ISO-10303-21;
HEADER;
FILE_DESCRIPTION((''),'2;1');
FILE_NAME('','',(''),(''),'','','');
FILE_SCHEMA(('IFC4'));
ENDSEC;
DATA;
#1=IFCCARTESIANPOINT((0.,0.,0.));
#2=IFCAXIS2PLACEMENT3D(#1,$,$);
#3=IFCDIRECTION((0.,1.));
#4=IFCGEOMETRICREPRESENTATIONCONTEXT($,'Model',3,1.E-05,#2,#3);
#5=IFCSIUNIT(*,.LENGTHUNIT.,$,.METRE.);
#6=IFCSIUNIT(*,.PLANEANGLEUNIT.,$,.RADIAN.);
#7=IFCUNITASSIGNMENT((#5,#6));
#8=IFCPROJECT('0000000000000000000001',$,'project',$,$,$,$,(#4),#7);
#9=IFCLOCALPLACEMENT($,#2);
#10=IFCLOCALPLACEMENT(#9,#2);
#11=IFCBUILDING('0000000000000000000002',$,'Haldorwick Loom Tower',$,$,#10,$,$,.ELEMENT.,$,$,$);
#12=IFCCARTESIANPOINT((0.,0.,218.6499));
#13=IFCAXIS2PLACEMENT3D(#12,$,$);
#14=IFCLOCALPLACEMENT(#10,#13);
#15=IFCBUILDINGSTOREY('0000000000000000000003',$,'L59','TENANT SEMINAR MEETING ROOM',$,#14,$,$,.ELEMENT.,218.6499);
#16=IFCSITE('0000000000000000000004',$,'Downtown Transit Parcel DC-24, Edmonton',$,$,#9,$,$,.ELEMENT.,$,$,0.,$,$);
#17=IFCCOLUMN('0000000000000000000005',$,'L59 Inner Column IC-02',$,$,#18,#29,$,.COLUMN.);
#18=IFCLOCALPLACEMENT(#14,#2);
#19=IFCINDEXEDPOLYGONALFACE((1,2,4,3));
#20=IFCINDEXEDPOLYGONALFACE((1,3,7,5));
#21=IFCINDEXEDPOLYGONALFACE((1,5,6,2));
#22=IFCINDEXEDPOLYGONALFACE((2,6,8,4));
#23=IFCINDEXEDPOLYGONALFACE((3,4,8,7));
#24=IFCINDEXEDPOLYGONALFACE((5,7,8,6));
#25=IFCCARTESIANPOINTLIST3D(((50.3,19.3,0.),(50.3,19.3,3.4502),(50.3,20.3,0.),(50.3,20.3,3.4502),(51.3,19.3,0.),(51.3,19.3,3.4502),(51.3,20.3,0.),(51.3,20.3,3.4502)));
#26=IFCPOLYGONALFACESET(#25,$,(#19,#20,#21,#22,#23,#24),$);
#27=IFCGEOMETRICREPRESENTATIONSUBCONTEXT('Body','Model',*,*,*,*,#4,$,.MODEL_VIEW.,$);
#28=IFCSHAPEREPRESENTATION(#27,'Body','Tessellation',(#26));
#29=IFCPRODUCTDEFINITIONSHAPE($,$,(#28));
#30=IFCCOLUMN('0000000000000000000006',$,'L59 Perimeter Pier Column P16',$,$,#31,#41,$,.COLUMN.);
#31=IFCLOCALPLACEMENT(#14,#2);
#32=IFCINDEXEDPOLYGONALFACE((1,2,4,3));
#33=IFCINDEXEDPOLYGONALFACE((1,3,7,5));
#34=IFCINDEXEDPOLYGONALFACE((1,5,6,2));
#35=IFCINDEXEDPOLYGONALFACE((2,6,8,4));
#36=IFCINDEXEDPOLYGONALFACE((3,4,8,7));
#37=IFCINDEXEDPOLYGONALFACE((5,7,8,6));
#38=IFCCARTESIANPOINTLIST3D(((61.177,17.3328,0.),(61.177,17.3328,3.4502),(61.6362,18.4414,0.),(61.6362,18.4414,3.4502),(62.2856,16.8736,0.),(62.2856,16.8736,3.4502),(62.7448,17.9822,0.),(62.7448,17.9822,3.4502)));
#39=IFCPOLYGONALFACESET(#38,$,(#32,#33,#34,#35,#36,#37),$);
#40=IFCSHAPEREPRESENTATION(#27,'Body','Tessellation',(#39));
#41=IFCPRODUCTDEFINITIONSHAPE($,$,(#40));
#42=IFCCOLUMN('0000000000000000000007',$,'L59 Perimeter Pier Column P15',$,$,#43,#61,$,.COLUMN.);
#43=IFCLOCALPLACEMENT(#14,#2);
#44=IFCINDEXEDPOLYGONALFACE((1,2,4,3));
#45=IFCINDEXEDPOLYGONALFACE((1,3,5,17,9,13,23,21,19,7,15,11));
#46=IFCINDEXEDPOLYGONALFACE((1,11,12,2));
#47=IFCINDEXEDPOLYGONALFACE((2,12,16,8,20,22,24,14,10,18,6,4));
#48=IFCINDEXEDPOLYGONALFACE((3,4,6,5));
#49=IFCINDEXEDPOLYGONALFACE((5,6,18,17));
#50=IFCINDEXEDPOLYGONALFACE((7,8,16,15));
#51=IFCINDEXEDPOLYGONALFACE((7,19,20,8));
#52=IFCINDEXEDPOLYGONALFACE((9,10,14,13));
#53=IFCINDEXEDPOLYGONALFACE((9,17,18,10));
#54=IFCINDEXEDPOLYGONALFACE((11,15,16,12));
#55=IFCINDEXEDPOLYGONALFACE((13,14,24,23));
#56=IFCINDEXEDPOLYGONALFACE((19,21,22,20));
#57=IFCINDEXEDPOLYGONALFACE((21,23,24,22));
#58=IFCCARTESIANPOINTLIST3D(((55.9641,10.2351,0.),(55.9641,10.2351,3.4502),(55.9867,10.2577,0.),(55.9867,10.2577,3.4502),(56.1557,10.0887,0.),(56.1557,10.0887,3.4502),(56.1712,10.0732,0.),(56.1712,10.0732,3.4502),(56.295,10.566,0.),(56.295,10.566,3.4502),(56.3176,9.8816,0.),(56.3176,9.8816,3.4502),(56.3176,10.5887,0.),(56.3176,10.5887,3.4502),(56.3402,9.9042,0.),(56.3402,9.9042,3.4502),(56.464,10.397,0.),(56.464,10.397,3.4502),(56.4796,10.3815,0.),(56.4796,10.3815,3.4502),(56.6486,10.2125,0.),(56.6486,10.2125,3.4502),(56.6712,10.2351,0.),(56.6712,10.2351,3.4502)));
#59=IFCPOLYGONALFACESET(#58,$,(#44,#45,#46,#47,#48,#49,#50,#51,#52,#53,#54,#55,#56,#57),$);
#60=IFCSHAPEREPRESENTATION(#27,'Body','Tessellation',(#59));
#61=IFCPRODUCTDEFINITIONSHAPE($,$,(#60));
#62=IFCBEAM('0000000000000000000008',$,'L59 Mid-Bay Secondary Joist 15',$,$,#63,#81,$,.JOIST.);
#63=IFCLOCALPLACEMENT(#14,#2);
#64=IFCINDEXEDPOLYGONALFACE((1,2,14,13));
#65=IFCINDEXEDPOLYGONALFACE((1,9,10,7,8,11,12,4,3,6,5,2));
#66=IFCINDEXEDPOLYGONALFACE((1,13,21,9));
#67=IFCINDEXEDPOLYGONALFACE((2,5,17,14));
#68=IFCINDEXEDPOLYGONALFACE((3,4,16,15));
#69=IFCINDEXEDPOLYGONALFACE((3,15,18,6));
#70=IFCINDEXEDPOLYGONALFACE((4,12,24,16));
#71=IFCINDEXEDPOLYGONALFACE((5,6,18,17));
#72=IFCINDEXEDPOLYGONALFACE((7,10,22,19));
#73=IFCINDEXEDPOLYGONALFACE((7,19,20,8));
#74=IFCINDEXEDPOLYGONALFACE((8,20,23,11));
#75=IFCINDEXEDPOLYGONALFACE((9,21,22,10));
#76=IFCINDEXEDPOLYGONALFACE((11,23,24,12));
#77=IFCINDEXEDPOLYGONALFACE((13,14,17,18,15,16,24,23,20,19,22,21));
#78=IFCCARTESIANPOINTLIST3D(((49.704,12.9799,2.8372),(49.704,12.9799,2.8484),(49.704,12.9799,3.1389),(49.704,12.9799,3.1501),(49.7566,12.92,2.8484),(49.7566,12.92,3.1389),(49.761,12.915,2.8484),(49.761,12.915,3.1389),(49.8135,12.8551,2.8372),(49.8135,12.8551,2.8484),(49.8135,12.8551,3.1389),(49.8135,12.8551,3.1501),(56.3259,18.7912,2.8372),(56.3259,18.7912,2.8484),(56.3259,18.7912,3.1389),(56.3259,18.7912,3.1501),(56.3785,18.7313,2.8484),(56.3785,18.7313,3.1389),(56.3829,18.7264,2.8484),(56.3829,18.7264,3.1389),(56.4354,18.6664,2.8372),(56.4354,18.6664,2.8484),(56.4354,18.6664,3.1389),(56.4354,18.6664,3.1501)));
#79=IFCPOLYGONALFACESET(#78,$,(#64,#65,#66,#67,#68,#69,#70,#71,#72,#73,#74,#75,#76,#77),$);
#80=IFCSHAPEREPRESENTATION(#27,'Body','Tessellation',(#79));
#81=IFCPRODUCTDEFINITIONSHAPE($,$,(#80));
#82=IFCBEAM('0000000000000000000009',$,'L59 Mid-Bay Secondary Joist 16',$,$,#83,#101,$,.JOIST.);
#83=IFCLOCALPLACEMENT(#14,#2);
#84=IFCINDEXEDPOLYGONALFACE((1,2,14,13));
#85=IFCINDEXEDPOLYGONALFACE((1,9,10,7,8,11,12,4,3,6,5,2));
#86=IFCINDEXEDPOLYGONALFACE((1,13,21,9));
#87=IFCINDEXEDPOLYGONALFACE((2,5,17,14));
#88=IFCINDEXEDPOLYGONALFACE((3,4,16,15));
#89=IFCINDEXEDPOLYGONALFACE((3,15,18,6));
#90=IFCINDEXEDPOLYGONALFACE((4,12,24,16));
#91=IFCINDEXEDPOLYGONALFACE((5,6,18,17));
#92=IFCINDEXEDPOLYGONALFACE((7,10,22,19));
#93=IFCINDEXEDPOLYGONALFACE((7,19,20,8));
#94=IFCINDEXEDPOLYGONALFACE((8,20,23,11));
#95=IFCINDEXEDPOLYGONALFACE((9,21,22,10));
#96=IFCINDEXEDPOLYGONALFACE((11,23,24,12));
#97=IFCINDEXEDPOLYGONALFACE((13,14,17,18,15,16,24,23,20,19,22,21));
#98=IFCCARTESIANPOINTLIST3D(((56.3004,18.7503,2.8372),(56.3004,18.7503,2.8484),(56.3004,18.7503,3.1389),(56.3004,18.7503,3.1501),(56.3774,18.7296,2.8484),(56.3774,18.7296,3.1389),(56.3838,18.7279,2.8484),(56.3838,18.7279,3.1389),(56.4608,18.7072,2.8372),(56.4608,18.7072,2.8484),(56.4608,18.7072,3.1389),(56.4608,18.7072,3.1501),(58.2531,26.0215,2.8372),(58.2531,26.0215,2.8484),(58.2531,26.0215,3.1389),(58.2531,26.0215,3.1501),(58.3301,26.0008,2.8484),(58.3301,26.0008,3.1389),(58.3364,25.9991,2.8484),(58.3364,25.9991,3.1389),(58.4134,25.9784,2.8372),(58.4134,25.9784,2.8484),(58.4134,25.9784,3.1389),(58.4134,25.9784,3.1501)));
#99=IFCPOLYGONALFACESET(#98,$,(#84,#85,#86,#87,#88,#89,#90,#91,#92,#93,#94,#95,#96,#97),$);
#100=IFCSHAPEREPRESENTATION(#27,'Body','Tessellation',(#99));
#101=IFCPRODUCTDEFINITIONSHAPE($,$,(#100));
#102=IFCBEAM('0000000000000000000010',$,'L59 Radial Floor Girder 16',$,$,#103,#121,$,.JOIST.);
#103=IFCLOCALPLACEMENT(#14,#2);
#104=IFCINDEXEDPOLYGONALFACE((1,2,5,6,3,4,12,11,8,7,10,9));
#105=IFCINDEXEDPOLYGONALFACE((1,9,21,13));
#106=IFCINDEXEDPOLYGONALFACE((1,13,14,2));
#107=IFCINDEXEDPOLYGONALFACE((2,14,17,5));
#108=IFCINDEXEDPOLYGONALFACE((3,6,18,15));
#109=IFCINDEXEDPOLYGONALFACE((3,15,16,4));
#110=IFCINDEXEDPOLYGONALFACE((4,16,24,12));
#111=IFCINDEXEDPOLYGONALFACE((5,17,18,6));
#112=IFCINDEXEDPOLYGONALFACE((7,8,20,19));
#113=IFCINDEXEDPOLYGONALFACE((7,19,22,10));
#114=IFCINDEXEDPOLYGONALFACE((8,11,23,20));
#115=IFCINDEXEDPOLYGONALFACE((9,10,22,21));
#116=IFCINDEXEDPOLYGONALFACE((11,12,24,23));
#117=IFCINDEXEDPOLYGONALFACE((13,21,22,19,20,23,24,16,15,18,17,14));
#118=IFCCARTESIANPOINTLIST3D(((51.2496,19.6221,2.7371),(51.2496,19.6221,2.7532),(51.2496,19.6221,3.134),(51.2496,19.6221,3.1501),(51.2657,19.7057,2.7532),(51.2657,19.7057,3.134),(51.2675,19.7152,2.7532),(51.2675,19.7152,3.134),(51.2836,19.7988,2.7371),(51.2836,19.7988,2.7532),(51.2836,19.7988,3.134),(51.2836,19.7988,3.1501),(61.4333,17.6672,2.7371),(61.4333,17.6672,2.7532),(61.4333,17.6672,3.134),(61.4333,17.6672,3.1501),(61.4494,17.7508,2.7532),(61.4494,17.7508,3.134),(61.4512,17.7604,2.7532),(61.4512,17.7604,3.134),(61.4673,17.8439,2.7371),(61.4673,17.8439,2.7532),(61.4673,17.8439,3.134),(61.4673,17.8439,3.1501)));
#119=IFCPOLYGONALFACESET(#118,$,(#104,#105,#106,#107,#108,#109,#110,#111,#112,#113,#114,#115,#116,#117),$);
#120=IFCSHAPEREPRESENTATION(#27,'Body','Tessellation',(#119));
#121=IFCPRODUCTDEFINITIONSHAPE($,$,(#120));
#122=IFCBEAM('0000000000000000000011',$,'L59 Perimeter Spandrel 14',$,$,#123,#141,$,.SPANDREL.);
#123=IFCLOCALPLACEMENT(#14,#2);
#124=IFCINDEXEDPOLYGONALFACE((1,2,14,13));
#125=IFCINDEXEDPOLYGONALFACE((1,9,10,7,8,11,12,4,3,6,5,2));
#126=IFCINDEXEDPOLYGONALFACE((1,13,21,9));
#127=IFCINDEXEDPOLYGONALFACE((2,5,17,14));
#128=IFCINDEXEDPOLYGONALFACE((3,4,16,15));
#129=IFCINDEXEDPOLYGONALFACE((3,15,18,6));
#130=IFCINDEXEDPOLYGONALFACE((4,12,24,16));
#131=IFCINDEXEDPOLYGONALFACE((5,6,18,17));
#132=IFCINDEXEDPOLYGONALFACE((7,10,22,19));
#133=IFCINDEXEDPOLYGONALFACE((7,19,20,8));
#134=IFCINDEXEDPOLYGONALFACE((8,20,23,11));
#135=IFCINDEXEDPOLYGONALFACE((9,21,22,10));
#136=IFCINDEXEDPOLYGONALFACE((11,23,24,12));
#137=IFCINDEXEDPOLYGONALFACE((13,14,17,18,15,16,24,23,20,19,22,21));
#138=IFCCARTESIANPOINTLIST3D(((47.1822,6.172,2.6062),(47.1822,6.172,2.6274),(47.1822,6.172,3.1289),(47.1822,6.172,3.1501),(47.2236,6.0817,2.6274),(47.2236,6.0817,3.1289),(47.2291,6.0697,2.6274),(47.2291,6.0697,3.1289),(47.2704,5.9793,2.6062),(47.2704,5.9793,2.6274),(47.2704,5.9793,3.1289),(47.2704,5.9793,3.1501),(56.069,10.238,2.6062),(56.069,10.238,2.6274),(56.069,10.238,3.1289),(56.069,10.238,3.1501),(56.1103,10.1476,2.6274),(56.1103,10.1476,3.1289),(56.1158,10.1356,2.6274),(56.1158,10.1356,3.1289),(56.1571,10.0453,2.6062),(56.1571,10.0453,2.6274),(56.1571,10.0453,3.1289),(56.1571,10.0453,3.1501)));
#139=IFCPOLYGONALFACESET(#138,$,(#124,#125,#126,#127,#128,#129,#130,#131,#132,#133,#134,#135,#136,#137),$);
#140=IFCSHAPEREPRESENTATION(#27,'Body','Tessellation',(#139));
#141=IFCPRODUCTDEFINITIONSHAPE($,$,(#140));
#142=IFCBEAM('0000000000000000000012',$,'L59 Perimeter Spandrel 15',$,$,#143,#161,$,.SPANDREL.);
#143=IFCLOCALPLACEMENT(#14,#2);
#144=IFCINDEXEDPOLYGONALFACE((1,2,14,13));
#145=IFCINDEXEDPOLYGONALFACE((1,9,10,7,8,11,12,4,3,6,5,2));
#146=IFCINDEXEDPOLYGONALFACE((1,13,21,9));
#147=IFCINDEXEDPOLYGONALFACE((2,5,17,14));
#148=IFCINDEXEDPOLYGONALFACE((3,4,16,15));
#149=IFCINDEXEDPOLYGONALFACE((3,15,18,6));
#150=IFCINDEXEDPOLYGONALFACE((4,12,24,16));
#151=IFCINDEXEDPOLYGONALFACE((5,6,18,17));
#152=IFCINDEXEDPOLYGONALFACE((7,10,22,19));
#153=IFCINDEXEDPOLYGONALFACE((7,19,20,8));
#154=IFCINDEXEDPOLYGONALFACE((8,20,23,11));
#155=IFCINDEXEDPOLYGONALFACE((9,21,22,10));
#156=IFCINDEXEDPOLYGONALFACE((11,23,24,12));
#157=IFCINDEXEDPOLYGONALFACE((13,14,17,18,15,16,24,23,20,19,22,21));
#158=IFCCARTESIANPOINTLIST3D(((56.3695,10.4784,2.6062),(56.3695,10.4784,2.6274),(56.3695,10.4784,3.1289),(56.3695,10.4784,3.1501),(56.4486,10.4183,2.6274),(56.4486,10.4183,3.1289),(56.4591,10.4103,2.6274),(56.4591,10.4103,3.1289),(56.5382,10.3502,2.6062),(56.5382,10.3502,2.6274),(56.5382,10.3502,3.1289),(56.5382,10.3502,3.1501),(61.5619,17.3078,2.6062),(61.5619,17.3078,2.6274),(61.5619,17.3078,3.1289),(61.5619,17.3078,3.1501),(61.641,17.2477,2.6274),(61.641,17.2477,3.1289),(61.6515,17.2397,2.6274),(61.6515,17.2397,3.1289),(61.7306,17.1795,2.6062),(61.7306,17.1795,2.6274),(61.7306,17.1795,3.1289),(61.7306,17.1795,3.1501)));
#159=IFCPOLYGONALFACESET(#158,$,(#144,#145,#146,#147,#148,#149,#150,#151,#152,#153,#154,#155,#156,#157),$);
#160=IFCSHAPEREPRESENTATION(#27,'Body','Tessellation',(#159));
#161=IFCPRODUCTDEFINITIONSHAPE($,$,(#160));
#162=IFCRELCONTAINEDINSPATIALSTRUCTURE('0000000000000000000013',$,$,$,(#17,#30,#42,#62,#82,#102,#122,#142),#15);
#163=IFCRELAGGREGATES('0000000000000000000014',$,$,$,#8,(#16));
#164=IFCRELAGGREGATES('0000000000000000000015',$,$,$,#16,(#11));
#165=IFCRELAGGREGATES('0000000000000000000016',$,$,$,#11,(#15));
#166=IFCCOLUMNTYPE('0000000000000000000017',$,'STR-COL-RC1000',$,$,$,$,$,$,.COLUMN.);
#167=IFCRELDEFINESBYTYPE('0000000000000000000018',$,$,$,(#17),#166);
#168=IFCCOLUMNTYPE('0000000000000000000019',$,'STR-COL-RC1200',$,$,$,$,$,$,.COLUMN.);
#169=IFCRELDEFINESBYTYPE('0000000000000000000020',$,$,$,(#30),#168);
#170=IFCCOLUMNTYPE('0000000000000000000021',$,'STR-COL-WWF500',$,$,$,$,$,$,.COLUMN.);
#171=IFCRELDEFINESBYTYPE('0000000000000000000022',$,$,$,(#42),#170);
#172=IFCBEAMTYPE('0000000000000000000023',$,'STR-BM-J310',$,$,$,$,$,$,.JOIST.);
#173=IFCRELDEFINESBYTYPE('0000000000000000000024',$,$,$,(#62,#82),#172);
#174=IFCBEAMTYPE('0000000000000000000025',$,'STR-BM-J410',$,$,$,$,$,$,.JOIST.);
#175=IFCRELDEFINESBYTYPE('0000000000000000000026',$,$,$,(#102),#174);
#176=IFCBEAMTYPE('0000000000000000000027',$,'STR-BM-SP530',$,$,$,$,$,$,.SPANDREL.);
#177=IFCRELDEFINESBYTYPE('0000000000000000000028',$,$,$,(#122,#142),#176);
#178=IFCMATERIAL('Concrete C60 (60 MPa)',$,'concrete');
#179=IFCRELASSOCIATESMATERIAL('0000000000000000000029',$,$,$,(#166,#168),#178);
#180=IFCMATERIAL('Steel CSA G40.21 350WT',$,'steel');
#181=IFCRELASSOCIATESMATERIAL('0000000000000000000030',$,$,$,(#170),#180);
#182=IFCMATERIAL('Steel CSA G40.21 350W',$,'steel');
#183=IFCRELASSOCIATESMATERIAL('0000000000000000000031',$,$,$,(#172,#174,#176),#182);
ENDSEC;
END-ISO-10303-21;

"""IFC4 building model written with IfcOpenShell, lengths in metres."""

from ifc_helpers import new_model, si_unit, direction, frame, origin, origin_2d, place, context, subcontext, project, spatial, rectangle, i_section, extrude, material, material_profile, profile_set, type_object, element, save


model = new_model("IFC4")

# Units and contexts
model_context = context("Model", 3, precision=1e-05, world=origin(), true_north=direction((0.0, 1.0)))
body_context = subcontext(model_context, "Body", "Model", "MODEL_VIEW")
ifc_project = project(units=[si_unit("LENGTHUNIT", "METRE"), si_unit("PLANEANGLEUNIT", "RADIAN")], contexts=[model_context])

# Site, building, storey
site_placement = place(None, origin())
site = spatial("IfcSite", under=ifc_project, at=site_placement, Name="Downtown Transit Parcel DC-24, Edmonton", CompositionType="ELEMENT", RefElevation=0.0)
building_placement = place(site_placement, origin())
building = spatial("IfcBuilding", under=site, at=building_placement, Name="Haldorwick Loom Tower", CompositionType="ELEMENT")
storey_placement = place(building_placement, frame((0.0, 0.0, 218.6499)))
storey = spatial("IfcBuildingStorey", under=building, at=storey_placement, Name="L59", Description="TENANT SEMINAR MEETING ROOM", CompositionType="ELEMENT", Elevation=218.6499)

# Columns
ifc_material_1 = material(Name="Concrete C60 (60 MPa)", Category="concrete")
ifc_material_profile_1 = material_profile(ifc_material_1, rectangle(XDim=1.0, YDim=1.0, at=origin_2d()), Name="RC1000X1000", Category="concrete")
ifc_profile_set_1 = profile_set([ifc_material_profile_1], Name="Concrete C60 (60 MPa)")
column_type_1 = type_object("IfcColumnType", Name="STR-COL-RC1000", PredefinedType="COLUMN", material=ifc_profile_set_1)
column_1_placement = place(storey_placement, frame((50.8, 19.8, 0.0), z_axis=(0.0, 0.0, 1.0), x_axis=(1.0, 0.0, 0.0)))
element("IfcColumn", 1, at=column_1_placement, inside=storey, type_object=column_type_1, Name="L59 Inner Column IC-02", PredefinedType="COLUMN", context=body_context, shape_type="SweptSolid", body=[
    extrude(rectangle(XDim=1.0, YDim=1.0, at=origin_2d()), origin(), (0.0, 0.0, 1.0), 3.4502),
])
ifc_material_profile_2 = material_profile(ifc_material_1, rectangle(XDim=1.2, YDim=1.2, at=origin_2d()), Name="RC1200X1200", Category="concrete")
ifc_profile_set_2 = profile_set([ifc_material_profile_2], Name="Concrete C60 (60 MPa)")
column_type_2 = type_object("IfcColumnType", Name="STR-COL-RC1200", PredefinedType="COLUMN", material=ifc_profile_set_2)
column_2_placement = place(storey_placement, frame((61.9609, 17.6575, 0.0), z_axis=(0.0, 0.0, 1.0), x_axis=(0.92388, -0.382683, 0.0)))
element("IfcColumn", 2, at=column_2_placement, inside=storey, type_object=column_type_2, Name="L59 Perimeter Pier Column P16", PredefinedType="COLUMN", context=body_context, shape_type="SweptSolid", body=[
    extrude(rectangle(XDim=1.2, YDim=1.2, at=origin_2d()), origin(), (0.0, 0.0, 1.0), 3.4502),
])
ifc_material_2 = material(Name="Steel CSA G40.21 350WT", Category="steel")
ifc_material_profile_3 = material_profile(ifc_material_2, i_section(OverallWidth=0.5, OverallDepth=0.5, WebThickness=0.022, FlangeThickness=0.032, at=origin_2d()), Name="WWF500X500", Category="steel")
ifc_profile_set_3 = profile_set([ifc_material_profile_3], Name="Steel CSA G40.21 350WT")
column_type_3 = type_object("IfcColumnType", Name="STR-COL-WWF500", PredefinedType="COLUMN", material=ifc_profile_set_3)
column_3_placement = place(storey_placement, frame((56.3176, 10.2351, 0.0), z_axis=(0.0, 0.0, 1.0), x_axis=(0.707107, -0.707107, 0.0)))
element("IfcColumn", 3, at=column_3_placement, inside=storey, type_object=column_type_3, Name="L59 Perimeter Pier Column P15", PredefinedType="COLUMN", context=body_context, shape_type="SweptSolid", body=[
    extrude(i_section(OverallWidth=0.5, OverallDepth=0.5, WebThickness=0.022, FlangeThickness=0.032, at=origin_2d()), origin(), (0.0, 0.0, 1.0), 3.4502),
])

# Beams
ifc_material_3 = material(Name="Steel CSA G40.21 350W", Category="steel")
ifc_material_profile_4 = material_profile(ifc_material_3, i_section(OverallWidth=0.166, OverallDepth=0.313, WebThickness=0.0066, FlangeThickness=0.0112, at=origin_2d()), Name="W310X45", Category="steel")
ifc_profile_set_4 = profile_set([ifc_material_profile_4], Name="Steel CSA G40.21 350W")
beam_type_1 = type_object("IfcBeamType", Name="STR-BM-J310", PredefinedType="JOIST", material=ifc_profile_set_4)
beam_1_placement = place(storey_placement, frame((49.7588, 12.9175, 2.9937), z_axis=(0.751609, 0.659608, 0.0), x_axis=(-0.659608, 0.751609, 0.0)))
element("IfcBeam", 4, at=beam_1_placement, inside=storey, type_object=beam_type_1, Name="L59 Mid-Bay Secondary Joist 15", PredefinedType="JOIST", context=body_context, shape_type="SweptSolid", body=[
    extrude(i_section(OverallWidth=0.166, OverallDepth=0.313, WebThickness=0.0066, FlangeThickness=0.0112, at=origin_2d()), origin(), (0.0, 0.0, 1.0), 8.8103),
])
beam_2_placement = place(storey_placement, frame((56.3806, 18.7288, 2.9937), z_axis=(0.259354, 0.965782, 0.0), x_axis=(-0.965782, 0.259354, 0.0)))
element("IfcBeam", 5, at=beam_2_placement, inside=storey, type_object=beam_type_1, Name="L59 Mid-Bay Secondary Joist 16", PredefinedType="JOIST", context=body_context, shape_type="SweptSolid", body=[
    extrude(i_section(OverallWidth=0.166, OverallDepth=0.313, WebThickness=0.0066, FlangeThickness=0.0112, at=origin_2d()), origin(), (0.0, 0.0, 1.0), 7.5288),
])
ifc_material_profile_5 = material_profile(ifc_material_3, i_section(OverallWidth=0.1799, OverallDepth=0.4131, WebThickness=0.0098, FlangeThickness=0.0161, at=origin_2d()), Name="W410X74", Category="steel")
ifc_profile_set_5 = profile_set([ifc_material_profile_5], Name="Steel CSA G40.21 350W")
beam_type_2 = type_object("IfcBeamType", Name="STR-BM-J410", PredefinedType="JOIST", material=ifc_profile_set_5)
beam_3_placement = place(storey_placement, frame((51.2666, 19.7104, 2.9436), z_axis=(0.98207, -0.188517, 0.0), x_axis=(0.188517, 0.98207, 0.0)))
element("IfcBeam", 6, at=beam_3_placement, inside=storey, type_object=beam_type_2, Name="L59 Radial Floor Girder 16", PredefinedType="JOIST", context=body_context, shape_type="SweptSolid", body=[
    extrude(i_section(OverallWidth=0.1799, OverallDepth=0.4131, WebThickness=0.0098, FlangeThickness=0.0161, at=origin_2d()), origin(), (0.0, 0.0, 1.0), 10.3696),
])
ifc_material_profile_6 = material_profile(ifc_material_3, i_section(OverallWidth=0.2119, OverallDepth=0.5439, WebThickness=0.0132, FlangeThickness=0.0212, at=origin_2d()), Name="W530X123", Category="steel")
ifc_profile_set_6 = profile_set([ifc_material_profile_6], Name="Steel CSA G40.21 350W")
beam_type_3 = type_object("IfcBeamType", Name="STR-BM-SP530", PredefinedType="SPANDREL", material=ifc_profile_set_6)
beam_4_placement = place(storey_placement, frame((47.2263, 6.0757, 2.8782), z_axis=(0.909342, 0.416049, 0.0), x_axis=(-0.416049, 0.909342, 0.0)))
element("IfcBeam", 7, at=beam_4_placement, inside=storey, type_object=beam_type_3, Name="L59 Perimeter Spandrel 14", PredefinedType="SPANDREL", context=body_context, shape_type="SweptSolid", body=[
    extrude(i_section(OverallWidth=0.2119, OverallDepth=0.5439, WebThickness=0.0132, FlangeThickness=0.0212, at=origin_2d()), origin(), (0.0, 0.0, 1.0), 9.7727),
])
beam_5_placement = place(storey_placement, frame((56.4539, 10.4143, 2.8782), z_axis=(0.605237, 0.796045, 0.0), x_axis=(-0.796045, 0.605237, 0.0)))
element("IfcBeam", 8, at=beam_5_placement, inside=storey, type_object=beam_type_3, Name="L59 Perimeter Spandrel 15", PredefinedType="SPANDREL", context=body_context, shape_type="SweptSolid", body=[
    extrude(i_section(OverallWidth=0.2119, OverallDepth=0.5439, WebThickness=0.0132, FlangeThickness=0.0212, at=origin_2d()), origin(), (0.0, 0.0, 1.0), 8.5791),
])

save(model, "model.ifc")
